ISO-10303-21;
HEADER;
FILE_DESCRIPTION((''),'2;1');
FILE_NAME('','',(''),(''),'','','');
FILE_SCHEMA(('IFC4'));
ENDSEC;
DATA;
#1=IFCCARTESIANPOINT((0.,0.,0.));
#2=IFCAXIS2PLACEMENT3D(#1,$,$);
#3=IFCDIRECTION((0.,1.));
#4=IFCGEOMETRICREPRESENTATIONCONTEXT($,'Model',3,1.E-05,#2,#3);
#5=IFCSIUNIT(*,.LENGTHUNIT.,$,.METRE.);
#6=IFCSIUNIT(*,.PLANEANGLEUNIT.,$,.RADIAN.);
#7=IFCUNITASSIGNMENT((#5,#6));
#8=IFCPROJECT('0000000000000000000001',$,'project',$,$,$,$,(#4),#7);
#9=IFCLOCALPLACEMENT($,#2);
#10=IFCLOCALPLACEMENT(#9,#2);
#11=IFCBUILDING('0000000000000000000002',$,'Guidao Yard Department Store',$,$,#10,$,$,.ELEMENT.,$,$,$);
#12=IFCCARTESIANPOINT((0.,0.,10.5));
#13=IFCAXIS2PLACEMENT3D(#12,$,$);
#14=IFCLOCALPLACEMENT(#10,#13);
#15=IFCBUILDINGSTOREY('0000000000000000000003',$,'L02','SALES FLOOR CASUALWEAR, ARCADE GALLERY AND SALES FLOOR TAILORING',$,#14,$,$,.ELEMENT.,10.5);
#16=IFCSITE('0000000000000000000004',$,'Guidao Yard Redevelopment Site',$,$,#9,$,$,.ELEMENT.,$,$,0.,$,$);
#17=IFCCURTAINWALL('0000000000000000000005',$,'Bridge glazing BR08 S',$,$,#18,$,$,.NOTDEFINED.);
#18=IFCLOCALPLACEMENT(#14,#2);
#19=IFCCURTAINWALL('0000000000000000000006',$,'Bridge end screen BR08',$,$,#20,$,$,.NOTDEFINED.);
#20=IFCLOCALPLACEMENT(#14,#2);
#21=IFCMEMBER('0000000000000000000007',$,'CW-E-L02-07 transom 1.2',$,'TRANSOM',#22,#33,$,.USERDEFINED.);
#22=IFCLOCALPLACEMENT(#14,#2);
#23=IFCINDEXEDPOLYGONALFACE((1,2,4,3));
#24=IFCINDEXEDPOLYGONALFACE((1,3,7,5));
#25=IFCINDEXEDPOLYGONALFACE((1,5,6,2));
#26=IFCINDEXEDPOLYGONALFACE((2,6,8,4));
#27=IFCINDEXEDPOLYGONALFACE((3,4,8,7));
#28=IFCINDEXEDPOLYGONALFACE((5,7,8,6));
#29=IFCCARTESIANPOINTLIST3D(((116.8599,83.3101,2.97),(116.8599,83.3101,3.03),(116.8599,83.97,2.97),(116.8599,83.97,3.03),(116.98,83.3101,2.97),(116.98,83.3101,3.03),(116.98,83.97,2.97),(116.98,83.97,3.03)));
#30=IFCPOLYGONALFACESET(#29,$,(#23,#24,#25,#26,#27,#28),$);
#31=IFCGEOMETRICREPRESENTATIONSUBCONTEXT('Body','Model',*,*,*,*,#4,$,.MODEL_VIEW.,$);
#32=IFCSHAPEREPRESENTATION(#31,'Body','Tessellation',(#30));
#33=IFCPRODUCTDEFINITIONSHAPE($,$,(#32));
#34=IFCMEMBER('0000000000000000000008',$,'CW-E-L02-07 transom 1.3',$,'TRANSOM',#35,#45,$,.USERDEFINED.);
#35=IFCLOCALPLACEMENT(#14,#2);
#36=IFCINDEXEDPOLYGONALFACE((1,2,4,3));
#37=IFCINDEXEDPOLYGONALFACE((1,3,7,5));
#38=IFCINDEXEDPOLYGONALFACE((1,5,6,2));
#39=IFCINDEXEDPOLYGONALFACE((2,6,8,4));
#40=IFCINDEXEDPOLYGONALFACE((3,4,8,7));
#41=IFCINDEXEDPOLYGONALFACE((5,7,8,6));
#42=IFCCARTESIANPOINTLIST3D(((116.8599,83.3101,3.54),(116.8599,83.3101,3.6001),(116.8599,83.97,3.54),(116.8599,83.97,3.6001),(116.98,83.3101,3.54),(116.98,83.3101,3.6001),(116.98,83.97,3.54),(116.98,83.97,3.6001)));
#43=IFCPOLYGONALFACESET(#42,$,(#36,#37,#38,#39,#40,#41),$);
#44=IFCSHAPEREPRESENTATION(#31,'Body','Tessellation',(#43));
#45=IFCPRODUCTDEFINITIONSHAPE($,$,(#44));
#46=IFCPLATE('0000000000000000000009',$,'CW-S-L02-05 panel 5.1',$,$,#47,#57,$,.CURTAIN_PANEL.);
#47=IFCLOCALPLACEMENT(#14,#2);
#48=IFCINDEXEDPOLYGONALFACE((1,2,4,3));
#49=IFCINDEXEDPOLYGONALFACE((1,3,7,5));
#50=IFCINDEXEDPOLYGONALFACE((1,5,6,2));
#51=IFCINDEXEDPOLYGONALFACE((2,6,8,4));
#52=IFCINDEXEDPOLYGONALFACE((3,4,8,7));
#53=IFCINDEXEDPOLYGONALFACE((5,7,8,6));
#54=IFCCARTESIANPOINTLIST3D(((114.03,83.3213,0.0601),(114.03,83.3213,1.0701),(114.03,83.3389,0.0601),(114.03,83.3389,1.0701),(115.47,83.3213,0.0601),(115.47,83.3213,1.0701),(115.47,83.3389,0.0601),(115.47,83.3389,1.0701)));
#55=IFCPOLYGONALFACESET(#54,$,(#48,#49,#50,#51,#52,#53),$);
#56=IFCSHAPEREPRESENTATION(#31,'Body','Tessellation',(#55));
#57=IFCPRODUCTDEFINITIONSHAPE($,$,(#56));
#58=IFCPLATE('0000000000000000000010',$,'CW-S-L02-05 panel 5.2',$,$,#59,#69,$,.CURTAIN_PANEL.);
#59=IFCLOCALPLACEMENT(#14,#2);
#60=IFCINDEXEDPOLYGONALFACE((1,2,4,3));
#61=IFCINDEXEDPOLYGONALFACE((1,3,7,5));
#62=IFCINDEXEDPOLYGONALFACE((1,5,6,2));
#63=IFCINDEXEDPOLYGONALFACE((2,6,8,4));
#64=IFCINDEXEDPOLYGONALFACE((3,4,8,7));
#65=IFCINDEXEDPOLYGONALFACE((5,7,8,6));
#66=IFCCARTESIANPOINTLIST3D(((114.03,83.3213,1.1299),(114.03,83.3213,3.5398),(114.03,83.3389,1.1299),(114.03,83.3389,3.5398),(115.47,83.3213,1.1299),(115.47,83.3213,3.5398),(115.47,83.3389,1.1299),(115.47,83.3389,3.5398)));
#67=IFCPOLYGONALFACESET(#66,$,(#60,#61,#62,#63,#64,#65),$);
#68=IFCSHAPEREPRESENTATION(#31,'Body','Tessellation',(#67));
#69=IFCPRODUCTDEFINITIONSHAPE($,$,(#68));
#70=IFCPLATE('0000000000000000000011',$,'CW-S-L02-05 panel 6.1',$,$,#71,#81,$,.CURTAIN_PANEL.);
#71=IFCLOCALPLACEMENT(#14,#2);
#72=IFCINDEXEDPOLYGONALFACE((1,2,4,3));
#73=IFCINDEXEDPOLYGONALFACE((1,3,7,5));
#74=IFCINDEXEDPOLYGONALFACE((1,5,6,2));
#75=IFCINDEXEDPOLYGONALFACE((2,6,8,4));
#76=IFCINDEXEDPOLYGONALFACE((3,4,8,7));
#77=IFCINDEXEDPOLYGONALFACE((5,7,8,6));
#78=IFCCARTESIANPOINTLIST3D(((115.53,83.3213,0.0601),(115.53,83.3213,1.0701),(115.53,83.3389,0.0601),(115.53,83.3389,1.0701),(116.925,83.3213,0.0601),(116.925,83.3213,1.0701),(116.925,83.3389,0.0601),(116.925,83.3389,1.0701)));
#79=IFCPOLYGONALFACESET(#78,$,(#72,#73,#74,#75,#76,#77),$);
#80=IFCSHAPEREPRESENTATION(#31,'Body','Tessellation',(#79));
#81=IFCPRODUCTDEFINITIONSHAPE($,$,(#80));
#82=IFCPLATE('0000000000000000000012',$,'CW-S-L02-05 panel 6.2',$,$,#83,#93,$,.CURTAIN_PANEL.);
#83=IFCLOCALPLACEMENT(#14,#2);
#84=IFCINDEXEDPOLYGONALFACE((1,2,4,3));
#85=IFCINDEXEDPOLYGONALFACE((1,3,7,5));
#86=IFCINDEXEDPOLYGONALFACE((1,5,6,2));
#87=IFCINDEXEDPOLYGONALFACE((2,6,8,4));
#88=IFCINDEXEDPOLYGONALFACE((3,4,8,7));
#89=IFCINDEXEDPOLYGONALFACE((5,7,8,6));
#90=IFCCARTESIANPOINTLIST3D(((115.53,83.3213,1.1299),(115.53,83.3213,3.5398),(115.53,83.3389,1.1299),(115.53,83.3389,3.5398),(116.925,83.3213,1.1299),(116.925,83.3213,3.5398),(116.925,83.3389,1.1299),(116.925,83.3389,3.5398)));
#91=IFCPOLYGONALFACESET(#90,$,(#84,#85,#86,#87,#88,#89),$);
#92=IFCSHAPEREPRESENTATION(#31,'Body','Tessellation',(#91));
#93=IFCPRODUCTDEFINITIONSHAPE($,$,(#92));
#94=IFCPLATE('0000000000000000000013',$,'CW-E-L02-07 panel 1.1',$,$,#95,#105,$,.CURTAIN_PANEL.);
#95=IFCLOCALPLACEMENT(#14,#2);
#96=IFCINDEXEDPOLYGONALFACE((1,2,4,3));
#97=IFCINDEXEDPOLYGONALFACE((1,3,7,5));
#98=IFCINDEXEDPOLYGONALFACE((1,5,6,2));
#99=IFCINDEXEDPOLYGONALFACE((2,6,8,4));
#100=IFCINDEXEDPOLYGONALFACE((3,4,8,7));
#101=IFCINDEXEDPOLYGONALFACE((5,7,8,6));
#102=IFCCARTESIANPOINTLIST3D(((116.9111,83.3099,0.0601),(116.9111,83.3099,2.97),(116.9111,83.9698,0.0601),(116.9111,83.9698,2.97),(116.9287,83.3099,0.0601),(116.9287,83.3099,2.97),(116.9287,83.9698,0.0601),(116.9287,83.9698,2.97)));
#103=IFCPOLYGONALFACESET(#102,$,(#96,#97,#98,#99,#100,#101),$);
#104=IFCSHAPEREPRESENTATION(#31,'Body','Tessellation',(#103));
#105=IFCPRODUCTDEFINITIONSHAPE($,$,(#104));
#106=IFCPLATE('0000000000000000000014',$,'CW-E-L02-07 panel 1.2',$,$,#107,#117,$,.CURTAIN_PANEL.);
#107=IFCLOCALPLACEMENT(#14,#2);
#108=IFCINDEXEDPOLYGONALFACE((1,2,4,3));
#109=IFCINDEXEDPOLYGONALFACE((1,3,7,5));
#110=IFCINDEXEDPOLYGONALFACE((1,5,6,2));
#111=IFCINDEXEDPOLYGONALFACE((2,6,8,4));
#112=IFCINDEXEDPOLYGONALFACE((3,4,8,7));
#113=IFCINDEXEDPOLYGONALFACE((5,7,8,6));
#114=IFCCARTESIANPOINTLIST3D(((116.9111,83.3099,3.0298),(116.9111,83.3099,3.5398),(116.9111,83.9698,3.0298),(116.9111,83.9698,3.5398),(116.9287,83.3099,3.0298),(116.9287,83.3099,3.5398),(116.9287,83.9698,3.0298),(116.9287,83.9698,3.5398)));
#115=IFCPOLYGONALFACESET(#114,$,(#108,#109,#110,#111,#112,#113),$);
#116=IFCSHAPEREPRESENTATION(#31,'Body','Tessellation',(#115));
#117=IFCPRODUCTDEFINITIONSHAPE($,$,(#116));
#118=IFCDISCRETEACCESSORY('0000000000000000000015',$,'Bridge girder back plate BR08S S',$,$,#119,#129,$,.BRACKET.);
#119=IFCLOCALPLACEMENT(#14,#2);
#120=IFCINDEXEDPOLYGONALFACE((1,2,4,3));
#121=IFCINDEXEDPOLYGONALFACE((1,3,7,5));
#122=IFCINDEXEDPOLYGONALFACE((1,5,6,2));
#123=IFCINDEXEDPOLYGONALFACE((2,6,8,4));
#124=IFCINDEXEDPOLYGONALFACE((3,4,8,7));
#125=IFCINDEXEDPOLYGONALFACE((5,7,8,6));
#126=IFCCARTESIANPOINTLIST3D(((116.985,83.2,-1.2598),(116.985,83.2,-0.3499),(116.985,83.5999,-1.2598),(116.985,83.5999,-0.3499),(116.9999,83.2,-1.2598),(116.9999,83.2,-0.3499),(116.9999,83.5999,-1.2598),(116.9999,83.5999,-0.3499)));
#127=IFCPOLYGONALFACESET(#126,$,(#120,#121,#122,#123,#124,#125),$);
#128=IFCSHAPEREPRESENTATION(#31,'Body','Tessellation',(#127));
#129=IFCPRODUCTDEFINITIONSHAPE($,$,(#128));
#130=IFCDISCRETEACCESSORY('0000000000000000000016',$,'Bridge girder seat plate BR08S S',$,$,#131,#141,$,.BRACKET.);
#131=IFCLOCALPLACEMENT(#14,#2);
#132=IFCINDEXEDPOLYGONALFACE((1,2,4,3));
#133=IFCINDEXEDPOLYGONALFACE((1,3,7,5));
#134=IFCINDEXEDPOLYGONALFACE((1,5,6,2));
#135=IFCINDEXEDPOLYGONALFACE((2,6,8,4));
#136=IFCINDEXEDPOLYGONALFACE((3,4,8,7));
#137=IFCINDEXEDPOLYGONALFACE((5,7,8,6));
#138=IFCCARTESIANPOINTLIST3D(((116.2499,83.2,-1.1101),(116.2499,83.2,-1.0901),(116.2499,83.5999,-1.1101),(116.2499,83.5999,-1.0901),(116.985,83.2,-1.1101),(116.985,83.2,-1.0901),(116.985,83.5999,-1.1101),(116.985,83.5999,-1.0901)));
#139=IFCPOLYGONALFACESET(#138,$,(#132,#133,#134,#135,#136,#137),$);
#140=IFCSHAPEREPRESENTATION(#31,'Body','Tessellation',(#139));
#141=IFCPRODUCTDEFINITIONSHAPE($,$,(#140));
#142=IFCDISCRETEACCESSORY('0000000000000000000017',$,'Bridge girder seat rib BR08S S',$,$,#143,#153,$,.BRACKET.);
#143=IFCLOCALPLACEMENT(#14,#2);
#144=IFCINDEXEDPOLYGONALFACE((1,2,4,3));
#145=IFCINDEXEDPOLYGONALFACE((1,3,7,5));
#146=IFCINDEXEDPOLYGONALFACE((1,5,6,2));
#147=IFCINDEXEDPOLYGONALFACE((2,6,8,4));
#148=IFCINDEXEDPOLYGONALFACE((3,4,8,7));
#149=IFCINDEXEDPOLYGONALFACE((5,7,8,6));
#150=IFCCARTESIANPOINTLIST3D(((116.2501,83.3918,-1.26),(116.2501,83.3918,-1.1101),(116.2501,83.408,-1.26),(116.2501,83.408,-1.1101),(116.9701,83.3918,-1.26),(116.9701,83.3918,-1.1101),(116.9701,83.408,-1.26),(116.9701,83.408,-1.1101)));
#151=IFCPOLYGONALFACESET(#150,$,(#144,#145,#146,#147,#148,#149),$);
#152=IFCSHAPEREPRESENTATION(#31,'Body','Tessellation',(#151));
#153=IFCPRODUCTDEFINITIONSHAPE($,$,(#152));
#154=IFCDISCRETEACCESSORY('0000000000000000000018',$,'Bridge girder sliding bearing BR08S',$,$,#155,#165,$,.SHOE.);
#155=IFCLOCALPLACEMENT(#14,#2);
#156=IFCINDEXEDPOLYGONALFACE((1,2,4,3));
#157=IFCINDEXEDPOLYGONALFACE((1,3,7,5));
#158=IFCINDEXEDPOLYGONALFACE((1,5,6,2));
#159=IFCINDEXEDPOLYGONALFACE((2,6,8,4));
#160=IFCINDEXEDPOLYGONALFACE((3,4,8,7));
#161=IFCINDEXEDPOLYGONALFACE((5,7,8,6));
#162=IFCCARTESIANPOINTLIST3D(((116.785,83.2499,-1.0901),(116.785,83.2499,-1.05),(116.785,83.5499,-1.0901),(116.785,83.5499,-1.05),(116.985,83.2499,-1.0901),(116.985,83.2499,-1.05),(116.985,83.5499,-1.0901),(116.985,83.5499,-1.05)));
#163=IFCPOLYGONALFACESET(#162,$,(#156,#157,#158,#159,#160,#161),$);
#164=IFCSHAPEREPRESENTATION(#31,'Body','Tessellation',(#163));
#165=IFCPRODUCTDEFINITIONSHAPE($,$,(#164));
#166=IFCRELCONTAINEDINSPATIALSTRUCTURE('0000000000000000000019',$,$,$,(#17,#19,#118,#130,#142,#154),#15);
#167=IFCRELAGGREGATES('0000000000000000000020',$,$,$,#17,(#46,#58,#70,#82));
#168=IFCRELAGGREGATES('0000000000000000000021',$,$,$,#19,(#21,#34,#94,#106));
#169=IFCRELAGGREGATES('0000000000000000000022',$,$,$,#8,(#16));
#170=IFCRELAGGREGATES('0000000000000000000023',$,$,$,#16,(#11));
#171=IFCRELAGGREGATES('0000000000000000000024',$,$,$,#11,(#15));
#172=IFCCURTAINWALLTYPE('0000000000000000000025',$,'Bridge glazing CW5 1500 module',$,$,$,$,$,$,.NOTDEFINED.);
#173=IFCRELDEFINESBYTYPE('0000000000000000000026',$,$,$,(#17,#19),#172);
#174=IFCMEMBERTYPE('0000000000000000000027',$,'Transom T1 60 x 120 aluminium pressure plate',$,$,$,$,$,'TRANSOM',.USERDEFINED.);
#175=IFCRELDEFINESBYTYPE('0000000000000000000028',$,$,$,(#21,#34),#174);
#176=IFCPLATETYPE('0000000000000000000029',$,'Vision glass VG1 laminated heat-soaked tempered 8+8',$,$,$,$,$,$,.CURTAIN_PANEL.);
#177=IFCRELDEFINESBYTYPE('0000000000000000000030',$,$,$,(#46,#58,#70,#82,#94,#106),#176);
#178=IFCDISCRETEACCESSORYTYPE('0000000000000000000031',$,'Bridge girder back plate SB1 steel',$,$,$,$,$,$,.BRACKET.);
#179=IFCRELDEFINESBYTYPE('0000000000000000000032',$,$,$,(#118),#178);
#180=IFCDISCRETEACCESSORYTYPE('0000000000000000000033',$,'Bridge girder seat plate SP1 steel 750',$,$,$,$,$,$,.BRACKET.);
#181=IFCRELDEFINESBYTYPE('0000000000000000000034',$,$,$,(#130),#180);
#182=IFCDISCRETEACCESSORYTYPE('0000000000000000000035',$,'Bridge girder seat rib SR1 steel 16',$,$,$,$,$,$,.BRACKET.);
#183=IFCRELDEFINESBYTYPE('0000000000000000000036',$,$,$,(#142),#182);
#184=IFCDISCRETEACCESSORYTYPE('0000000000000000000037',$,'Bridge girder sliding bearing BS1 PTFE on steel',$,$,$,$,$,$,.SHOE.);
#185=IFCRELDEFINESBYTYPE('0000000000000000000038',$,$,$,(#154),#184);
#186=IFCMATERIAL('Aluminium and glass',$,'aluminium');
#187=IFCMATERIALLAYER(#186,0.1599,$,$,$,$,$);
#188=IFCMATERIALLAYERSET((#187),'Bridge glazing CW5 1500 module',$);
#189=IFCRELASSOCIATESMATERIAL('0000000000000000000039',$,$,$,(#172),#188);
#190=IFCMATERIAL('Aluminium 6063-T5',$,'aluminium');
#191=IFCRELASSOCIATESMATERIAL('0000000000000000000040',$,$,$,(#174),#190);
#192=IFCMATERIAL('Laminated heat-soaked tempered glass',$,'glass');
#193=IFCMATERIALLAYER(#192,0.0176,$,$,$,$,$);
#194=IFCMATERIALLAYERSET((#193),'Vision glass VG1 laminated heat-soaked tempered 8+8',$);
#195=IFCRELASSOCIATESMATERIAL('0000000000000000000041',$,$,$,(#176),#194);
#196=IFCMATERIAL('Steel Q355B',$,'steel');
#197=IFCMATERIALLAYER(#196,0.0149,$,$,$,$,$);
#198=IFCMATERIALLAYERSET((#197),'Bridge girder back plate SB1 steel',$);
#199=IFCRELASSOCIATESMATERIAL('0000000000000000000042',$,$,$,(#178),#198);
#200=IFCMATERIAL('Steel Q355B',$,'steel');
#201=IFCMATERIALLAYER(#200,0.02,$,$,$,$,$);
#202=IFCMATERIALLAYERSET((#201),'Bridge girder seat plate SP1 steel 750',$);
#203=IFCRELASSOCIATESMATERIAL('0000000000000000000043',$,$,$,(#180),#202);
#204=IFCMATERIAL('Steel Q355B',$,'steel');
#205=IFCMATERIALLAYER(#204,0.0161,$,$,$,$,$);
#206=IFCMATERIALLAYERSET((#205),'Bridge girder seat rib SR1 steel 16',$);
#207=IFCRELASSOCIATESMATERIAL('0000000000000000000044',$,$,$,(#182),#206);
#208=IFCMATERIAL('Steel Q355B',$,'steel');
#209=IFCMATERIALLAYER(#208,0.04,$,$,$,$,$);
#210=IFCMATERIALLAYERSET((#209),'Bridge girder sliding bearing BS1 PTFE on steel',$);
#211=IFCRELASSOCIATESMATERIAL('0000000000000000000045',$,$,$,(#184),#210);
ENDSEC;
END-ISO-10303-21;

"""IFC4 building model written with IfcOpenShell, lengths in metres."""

from ifc_helpers import new_model, si_unit, direction, frame, origin, origin_2d, place, context, subcontext, project, spatial, rectangle, extrude, material, layer, layer_set, material_profile, profile_set, type_object, element, aggregate, save


model = new_model("IFC4")

# Units and contexts
model_context = context("Model", 3, precision=1e-05, world=origin(), true_north=direction((0.0, 1.0)))
body_context = subcontext(model_context, "Body", "Model", "MODEL_VIEW")
ifc_project = project(units=[si_unit("LENGTHUNIT", "METRE"), si_unit("PLANEANGLEUNIT", "RADIAN")], contexts=[model_context])

# Site, building, storey
site_placement = place(None, origin())
site = spatial("IfcSite", under=ifc_project, at=site_placement, Name="Guidao Yard Redevelopment Site", CompositionType="ELEMENT", RefElevation=0.0)
building_placement = place(site_placement, origin())
building = spatial("IfcBuilding", under=site, at=building_placement, Name="Guidao Yard Department Store", CompositionType="ELEMENT")
storey_placement = place(building_placement, frame((0.0, 0.0, 10.5)))
storey = spatial("IfcBuildingStorey", under=building, at=storey_placement, Name="L02", Description="SALES FLOOR CASUALWEAR, ARCADE GALLERY AND SALES FLOOR TAILORING", CompositionType="ELEMENT", Elevation=10.5)

# Curtain wall
ifc_material_1 = material(Name="Aluminium and glass", Category="aluminium")
ifc_layer_1 = layer(ifc_material_1, 0.1599)
ifc_layer_set_1 = layer_set([ifc_layer_1], Name="Bridge glazing CW5 1500 module")
curtain_wall_type = type_object("IfcCurtainWallType", Name="Bridge glazing CW5 1500 module", PredefinedType="NOTDEFINED", material=ifc_layer_set_1)
curtain_wall_1_placement = place(storey_placement, origin())
curtain_wall_1 = element("IfcCurtainWall", 1, at=curtain_wall_1_placement, inside=storey, type_object=curtain_wall_type, Name="Bridge glazing BR08 S", PredefinedType="NOTDEFINED")

# Curtain wall
curtain_wall_2_placement = place(storey_placement, origin())
curtain_wall_2 = element("IfcCurtainWall", 2, at=curtain_wall_2_placement, inside=storey, type_object=curtain_wall_type, Name="Bridge end screen BR08", PredefinedType="NOTDEFINED")

# Members
ifc_material_2 = material(Name="Aluminium 6063-T5", Category="aluminium")
ifc_material_profile_1 = material_profile(ifc_material_2, rectangle(XDim=0.1201, YDim=0.0601, at=origin_2d()), Name="Transom T1 60 x 120 aluminium pressure plate")
ifc_profile_set_1 = profile_set([ifc_material_profile_1], Name="Aluminium 6063-T5")
member_type_1 = type_object("IfcMemberType", Name="Transom T1 60 x 120 aluminium pressure plate", ElementType="TRANSOM", PredefinedType="USERDEFINED", material=ifc_profile_set_1)
member_1_placement = place(storey_placement, frame((116.9199, 83.97, 3.0), z_axis=(0.0, -1.0, 0.0), x_axis=(1.0, 0.0, 0.0)))
member_1 = element("IfcMember", 3, at=member_1_placement, type_object=member_type_1, Name="CW-E-L02-07 transom 1.2", ObjectType="TRANSOM", PredefinedType="USERDEFINED", context=body_context, shape_type="SweptSolid", body=[
    extrude(rectangle(XDim=0.1201, YDim=0.0601, at=origin_2d()), origin(), (0.0, 0.0, 1.0), 0.6599),
])
member_2_placement = place(storey_placement, frame((116.9199, 83.97, 3.5701), z_axis=(0.0, -1.0, 0.0), x_axis=(1.0, 0.0, 0.0)))
member_2 = element("IfcMember", 4, at=member_2_placement, type_object=member_type_1, Name="CW-E-L02-07 transom 1.3", ObjectType="TRANSOM", PredefinedType="USERDEFINED", context=body_context, shape_type="SweptSolid", body=[
    extrude(rectangle(XDim=0.1201, YDim=0.0601, at=origin_2d()), origin(), (0.0, 0.0, 1.0), 0.6599),
])

# Plates
ifc_material_3 = material(Name="Laminated heat-soaked tempered glass", Category="glass")
ifc_layer_2 = layer(ifc_material_3, 0.0176)
ifc_layer_set_2 = layer_set([ifc_layer_2], Name="Vision glass VG1 laminated heat-soaked tempered 8+8")
plate_type = type_object("IfcPlateType", Name="Vision glass VG1 laminated heat-soaked tempered 8+8", PredefinedType="CURTAIN_PANEL", material=ifc_layer_set_2)
plate_1_placement = place(storey_placement, frame((114.75, 83.3301, 0.0601), z_axis=(0.0, 0.0, 1.0), x_axis=(-1.0, 0.0, 0.0)))
plate_1 = element("IfcPlate", 5, at=plate_1_placement, type_object=plate_type, Name="CW-S-L02-05 panel 5.1", PredefinedType="CURTAIN_PANEL", context=body_context, shape_type="SweptSolid", body=[
    extrude(rectangle(XDim=1.4399, YDim=0.0176, at=origin_2d()), origin(), (0.0, 0.0, 1.0), 1.01),
])
plate_2_placement = place(storey_placement, frame((114.75, 83.3301, 1.1299), z_axis=(0.0, 0.0, 1.0), x_axis=(-1.0, 0.0, 0.0)))
plate_2 = element("IfcPlate", 6, at=plate_2_placement, type_object=plate_type, Name="CW-S-L02-05 panel 5.2", PredefinedType="CURTAIN_PANEL", context=body_context, shape_type="SweptSolid", body=[
    extrude(rectangle(XDim=1.4399, YDim=0.0176, at=origin_2d()), origin(), (0.0, 0.0, 1.0), 2.4099),
])
plate_3_placement = place(storey_placement, frame((116.2275, 83.3301, 0.0601), z_axis=(0.0, 0.0, 1.0), x_axis=(-1.0, 0.0, 0.0)))
plate_3 = element("IfcPlate", 7, at=plate_3_placement, type_object=plate_type, Name="CW-S-L02-05 panel 6.1", PredefinedType="CURTAIN_PANEL", context=body_context, shape_type="SweptSolid", body=[
    extrude(rectangle(XDim=1.395, YDim=0.0176, at=origin_2d()), origin(), (0.0, 0.0, 1.0), 1.01),
])
plate_4_placement = place(storey_placement, frame((116.2275, 83.3301, 1.1299), z_axis=(0.0, 0.0, 1.0), x_axis=(-1.0, 0.0, 0.0)))
plate_4 = element("IfcPlate", 8, at=plate_4_placement, type_object=plate_type, Name="CW-S-L02-05 panel 6.2", PredefinedType="CURTAIN_PANEL", context=body_context, shape_type="SweptSolid", body=[
    extrude(rectangle(XDim=1.395, YDim=0.0176, at=origin_2d()), origin(), (0.0, 0.0, 1.0), 2.4099),
])
aggregate(curtain_wall_1, [plate_1, plate_2, plate_3, plate_4])
plate_5_placement = place(storey_placement, frame((116.9199, 83.6399, 0.0601), z_axis=(0.0, 0.0, 1.0), x_axis=(0.0, -1.0, 0.0)))
plate_5 = element("IfcPlate", 9, at=plate_5_placement, type_object=plate_type, Name="CW-E-L02-07 panel 1.1", PredefinedType="CURTAIN_PANEL", context=body_context, shape_type="SweptSolid", body=[
    extrude(rectangle(XDim=0.6599, YDim=0.0176, at=origin_2d()), origin(), (0.0, 0.0, 1.0), 2.9099),
])
plate_6_placement = place(storey_placement, frame((116.9199, 83.6399, 3.0298), z_axis=(0.0, 0.0, 1.0), x_axis=(0.0, -1.0, 0.0)))
plate_6 = element("IfcPlate", 10, at=plate_6_placement, type_object=plate_type, Name="CW-E-L02-07 panel 1.2", PredefinedType="CURTAIN_PANEL", context=body_context, shape_type="SweptSolid", body=[
    extrude(rectangle(XDim=0.6599, YDim=0.0176, at=origin_2d()), origin(), (0.0, 0.0, 1.0), 0.51),
])
aggregate(curtain_wall_2, [member_1, member_2, plate_5, plate_6])

# Discrete accessories
ifc_material_4 = material(Name="Steel Q355B", Category="steel")
ifc_layer_3 = layer(ifc_material_4, 0.0149)
ifc_layer_set_3 = layer_set([ifc_layer_3], Name="Bridge girder back plate SB1 steel")
discrete_accessory_type_1 = type_object("IfcDiscreteAccessoryType", Name="Bridge girder back plate SB1 steel", PredefinedType="BRACKET", material=ifc_layer_set_3)
discrete_accessory_1_placement = place(storey_placement, frame((116.9924, 83.3999, -1.2598), z_axis=(0.0, 0.0, 1.0), x_axis=(1.0, 0.0, 0.0)))
element("IfcDiscreteAccessory", 11, at=discrete_accessory_1_placement, inside=storey, type_object=discrete_accessory_type_1, Name="Bridge girder back plate BR08S S", PredefinedType="BRACKET", context=body_context, shape_type="SweptSolid", body=[
    extrude(rectangle(XDim=0.0149, YDim=0.3999, at=origin_2d()), origin(), (0.0, 0.0, 1.0), 0.9099),
])
ifc_material_5 = material(Name="Steel Q355B", Category="steel")
ifc_layer_4 = layer(ifc_material_5, 0.02)
ifc_layer_set_4 = layer_set([ifc_layer_4], Name="Bridge girder seat plate SP1 steel 750")
discrete_accessory_type_2 = type_object("IfcDiscreteAccessoryType", Name="Bridge girder seat plate SP1 steel 750", PredefinedType="BRACKET", material=ifc_layer_set_4)
discrete_accessory_2_placement = place(storey_placement, frame((116.6174, 83.3999, -1.1101), z_axis=(0.0, 0.0, 1.0), x_axis=(1.0, 0.0, 0.0)))
element("IfcDiscreteAccessory", 12, at=discrete_accessory_2_placement, inside=storey, type_object=discrete_accessory_type_2, Name="Bridge girder seat plate BR08S S", PredefinedType="BRACKET", context=body_context, shape_type="SweptSolid", body=[
    extrude(rectangle(XDim=0.7351, YDim=0.3999, at=origin_2d()), origin(), (0.0, 0.0, 1.0), 0.02),
])
ifc_material_6 = material(Name="Steel Q355B", Category="steel")
ifc_layer_5 = layer(ifc_material_6, 0.0161)
ifc_layer_set_5 = layer_set([ifc_layer_5], Name="Bridge girder seat rib SR1 steel 16")
discrete_accessory_type_3 = type_object("IfcDiscreteAccessoryType", Name="Bridge girder seat rib SR1 steel 16", PredefinedType="BRACKET", material=ifc_layer_set_5)
discrete_accessory_3_placement = place(storey_placement, frame((116.6101, 83.3999, -1.26), z_axis=(0.0, 0.0, 1.0), x_axis=(1.0, 0.0, 0.0)))
element("IfcDiscreteAccessory", 13, at=discrete_accessory_3_placement, inside=storey, type_object=discrete_accessory_type_3, Name="Bridge girder seat rib BR08S S", PredefinedType="BRACKET", context=body_context, shape_type="SweptSolid", body=[
    extrude(rectangle(XDim=0.72, YDim=0.0161, at=origin_2d()), origin(), (0.0, 0.0, 1.0), 0.1499),
])
ifc_material_7 = material(Name="Steel Q355B", Category="steel")
ifc_layer_6 = layer(ifc_material_7, 0.04)
ifc_layer_set_6 = layer_set([ifc_layer_6], Name="Bridge girder sliding bearing BS1 PTFE on steel")
discrete_accessory_type_4 = type_object("IfcDiscreteAccessoryType", Name="Bridge girder sliding bearing BS1 PTFE on steel", PredefinedType="SHOE", material=ifc_layer_set_6)
discrete_accessory_4_placement = place(storey_placement, frame((116.885, 83.3999, -1.0901), z_axis=(0.0, 0.0, 1.0), x_axis=(1.0, 0.0, 0.0)))
element("IfcDiscreteAccessory", 14, at=discrete_accessory_4_placement, inside=storey, type_object=discrete_accessory_type_4, Name="Bridge girder sliding bearing BR08S", PredefinedType="SHOE", context=body_context, shape_type="SweptSolid", body=[
    extrude(rectangle(XDim=0.2, YDim=0.3, at=origin_2d()), origin(), (0.0, 0.0, 1.0), 0.04),
])

save(model, "model.ifc")
